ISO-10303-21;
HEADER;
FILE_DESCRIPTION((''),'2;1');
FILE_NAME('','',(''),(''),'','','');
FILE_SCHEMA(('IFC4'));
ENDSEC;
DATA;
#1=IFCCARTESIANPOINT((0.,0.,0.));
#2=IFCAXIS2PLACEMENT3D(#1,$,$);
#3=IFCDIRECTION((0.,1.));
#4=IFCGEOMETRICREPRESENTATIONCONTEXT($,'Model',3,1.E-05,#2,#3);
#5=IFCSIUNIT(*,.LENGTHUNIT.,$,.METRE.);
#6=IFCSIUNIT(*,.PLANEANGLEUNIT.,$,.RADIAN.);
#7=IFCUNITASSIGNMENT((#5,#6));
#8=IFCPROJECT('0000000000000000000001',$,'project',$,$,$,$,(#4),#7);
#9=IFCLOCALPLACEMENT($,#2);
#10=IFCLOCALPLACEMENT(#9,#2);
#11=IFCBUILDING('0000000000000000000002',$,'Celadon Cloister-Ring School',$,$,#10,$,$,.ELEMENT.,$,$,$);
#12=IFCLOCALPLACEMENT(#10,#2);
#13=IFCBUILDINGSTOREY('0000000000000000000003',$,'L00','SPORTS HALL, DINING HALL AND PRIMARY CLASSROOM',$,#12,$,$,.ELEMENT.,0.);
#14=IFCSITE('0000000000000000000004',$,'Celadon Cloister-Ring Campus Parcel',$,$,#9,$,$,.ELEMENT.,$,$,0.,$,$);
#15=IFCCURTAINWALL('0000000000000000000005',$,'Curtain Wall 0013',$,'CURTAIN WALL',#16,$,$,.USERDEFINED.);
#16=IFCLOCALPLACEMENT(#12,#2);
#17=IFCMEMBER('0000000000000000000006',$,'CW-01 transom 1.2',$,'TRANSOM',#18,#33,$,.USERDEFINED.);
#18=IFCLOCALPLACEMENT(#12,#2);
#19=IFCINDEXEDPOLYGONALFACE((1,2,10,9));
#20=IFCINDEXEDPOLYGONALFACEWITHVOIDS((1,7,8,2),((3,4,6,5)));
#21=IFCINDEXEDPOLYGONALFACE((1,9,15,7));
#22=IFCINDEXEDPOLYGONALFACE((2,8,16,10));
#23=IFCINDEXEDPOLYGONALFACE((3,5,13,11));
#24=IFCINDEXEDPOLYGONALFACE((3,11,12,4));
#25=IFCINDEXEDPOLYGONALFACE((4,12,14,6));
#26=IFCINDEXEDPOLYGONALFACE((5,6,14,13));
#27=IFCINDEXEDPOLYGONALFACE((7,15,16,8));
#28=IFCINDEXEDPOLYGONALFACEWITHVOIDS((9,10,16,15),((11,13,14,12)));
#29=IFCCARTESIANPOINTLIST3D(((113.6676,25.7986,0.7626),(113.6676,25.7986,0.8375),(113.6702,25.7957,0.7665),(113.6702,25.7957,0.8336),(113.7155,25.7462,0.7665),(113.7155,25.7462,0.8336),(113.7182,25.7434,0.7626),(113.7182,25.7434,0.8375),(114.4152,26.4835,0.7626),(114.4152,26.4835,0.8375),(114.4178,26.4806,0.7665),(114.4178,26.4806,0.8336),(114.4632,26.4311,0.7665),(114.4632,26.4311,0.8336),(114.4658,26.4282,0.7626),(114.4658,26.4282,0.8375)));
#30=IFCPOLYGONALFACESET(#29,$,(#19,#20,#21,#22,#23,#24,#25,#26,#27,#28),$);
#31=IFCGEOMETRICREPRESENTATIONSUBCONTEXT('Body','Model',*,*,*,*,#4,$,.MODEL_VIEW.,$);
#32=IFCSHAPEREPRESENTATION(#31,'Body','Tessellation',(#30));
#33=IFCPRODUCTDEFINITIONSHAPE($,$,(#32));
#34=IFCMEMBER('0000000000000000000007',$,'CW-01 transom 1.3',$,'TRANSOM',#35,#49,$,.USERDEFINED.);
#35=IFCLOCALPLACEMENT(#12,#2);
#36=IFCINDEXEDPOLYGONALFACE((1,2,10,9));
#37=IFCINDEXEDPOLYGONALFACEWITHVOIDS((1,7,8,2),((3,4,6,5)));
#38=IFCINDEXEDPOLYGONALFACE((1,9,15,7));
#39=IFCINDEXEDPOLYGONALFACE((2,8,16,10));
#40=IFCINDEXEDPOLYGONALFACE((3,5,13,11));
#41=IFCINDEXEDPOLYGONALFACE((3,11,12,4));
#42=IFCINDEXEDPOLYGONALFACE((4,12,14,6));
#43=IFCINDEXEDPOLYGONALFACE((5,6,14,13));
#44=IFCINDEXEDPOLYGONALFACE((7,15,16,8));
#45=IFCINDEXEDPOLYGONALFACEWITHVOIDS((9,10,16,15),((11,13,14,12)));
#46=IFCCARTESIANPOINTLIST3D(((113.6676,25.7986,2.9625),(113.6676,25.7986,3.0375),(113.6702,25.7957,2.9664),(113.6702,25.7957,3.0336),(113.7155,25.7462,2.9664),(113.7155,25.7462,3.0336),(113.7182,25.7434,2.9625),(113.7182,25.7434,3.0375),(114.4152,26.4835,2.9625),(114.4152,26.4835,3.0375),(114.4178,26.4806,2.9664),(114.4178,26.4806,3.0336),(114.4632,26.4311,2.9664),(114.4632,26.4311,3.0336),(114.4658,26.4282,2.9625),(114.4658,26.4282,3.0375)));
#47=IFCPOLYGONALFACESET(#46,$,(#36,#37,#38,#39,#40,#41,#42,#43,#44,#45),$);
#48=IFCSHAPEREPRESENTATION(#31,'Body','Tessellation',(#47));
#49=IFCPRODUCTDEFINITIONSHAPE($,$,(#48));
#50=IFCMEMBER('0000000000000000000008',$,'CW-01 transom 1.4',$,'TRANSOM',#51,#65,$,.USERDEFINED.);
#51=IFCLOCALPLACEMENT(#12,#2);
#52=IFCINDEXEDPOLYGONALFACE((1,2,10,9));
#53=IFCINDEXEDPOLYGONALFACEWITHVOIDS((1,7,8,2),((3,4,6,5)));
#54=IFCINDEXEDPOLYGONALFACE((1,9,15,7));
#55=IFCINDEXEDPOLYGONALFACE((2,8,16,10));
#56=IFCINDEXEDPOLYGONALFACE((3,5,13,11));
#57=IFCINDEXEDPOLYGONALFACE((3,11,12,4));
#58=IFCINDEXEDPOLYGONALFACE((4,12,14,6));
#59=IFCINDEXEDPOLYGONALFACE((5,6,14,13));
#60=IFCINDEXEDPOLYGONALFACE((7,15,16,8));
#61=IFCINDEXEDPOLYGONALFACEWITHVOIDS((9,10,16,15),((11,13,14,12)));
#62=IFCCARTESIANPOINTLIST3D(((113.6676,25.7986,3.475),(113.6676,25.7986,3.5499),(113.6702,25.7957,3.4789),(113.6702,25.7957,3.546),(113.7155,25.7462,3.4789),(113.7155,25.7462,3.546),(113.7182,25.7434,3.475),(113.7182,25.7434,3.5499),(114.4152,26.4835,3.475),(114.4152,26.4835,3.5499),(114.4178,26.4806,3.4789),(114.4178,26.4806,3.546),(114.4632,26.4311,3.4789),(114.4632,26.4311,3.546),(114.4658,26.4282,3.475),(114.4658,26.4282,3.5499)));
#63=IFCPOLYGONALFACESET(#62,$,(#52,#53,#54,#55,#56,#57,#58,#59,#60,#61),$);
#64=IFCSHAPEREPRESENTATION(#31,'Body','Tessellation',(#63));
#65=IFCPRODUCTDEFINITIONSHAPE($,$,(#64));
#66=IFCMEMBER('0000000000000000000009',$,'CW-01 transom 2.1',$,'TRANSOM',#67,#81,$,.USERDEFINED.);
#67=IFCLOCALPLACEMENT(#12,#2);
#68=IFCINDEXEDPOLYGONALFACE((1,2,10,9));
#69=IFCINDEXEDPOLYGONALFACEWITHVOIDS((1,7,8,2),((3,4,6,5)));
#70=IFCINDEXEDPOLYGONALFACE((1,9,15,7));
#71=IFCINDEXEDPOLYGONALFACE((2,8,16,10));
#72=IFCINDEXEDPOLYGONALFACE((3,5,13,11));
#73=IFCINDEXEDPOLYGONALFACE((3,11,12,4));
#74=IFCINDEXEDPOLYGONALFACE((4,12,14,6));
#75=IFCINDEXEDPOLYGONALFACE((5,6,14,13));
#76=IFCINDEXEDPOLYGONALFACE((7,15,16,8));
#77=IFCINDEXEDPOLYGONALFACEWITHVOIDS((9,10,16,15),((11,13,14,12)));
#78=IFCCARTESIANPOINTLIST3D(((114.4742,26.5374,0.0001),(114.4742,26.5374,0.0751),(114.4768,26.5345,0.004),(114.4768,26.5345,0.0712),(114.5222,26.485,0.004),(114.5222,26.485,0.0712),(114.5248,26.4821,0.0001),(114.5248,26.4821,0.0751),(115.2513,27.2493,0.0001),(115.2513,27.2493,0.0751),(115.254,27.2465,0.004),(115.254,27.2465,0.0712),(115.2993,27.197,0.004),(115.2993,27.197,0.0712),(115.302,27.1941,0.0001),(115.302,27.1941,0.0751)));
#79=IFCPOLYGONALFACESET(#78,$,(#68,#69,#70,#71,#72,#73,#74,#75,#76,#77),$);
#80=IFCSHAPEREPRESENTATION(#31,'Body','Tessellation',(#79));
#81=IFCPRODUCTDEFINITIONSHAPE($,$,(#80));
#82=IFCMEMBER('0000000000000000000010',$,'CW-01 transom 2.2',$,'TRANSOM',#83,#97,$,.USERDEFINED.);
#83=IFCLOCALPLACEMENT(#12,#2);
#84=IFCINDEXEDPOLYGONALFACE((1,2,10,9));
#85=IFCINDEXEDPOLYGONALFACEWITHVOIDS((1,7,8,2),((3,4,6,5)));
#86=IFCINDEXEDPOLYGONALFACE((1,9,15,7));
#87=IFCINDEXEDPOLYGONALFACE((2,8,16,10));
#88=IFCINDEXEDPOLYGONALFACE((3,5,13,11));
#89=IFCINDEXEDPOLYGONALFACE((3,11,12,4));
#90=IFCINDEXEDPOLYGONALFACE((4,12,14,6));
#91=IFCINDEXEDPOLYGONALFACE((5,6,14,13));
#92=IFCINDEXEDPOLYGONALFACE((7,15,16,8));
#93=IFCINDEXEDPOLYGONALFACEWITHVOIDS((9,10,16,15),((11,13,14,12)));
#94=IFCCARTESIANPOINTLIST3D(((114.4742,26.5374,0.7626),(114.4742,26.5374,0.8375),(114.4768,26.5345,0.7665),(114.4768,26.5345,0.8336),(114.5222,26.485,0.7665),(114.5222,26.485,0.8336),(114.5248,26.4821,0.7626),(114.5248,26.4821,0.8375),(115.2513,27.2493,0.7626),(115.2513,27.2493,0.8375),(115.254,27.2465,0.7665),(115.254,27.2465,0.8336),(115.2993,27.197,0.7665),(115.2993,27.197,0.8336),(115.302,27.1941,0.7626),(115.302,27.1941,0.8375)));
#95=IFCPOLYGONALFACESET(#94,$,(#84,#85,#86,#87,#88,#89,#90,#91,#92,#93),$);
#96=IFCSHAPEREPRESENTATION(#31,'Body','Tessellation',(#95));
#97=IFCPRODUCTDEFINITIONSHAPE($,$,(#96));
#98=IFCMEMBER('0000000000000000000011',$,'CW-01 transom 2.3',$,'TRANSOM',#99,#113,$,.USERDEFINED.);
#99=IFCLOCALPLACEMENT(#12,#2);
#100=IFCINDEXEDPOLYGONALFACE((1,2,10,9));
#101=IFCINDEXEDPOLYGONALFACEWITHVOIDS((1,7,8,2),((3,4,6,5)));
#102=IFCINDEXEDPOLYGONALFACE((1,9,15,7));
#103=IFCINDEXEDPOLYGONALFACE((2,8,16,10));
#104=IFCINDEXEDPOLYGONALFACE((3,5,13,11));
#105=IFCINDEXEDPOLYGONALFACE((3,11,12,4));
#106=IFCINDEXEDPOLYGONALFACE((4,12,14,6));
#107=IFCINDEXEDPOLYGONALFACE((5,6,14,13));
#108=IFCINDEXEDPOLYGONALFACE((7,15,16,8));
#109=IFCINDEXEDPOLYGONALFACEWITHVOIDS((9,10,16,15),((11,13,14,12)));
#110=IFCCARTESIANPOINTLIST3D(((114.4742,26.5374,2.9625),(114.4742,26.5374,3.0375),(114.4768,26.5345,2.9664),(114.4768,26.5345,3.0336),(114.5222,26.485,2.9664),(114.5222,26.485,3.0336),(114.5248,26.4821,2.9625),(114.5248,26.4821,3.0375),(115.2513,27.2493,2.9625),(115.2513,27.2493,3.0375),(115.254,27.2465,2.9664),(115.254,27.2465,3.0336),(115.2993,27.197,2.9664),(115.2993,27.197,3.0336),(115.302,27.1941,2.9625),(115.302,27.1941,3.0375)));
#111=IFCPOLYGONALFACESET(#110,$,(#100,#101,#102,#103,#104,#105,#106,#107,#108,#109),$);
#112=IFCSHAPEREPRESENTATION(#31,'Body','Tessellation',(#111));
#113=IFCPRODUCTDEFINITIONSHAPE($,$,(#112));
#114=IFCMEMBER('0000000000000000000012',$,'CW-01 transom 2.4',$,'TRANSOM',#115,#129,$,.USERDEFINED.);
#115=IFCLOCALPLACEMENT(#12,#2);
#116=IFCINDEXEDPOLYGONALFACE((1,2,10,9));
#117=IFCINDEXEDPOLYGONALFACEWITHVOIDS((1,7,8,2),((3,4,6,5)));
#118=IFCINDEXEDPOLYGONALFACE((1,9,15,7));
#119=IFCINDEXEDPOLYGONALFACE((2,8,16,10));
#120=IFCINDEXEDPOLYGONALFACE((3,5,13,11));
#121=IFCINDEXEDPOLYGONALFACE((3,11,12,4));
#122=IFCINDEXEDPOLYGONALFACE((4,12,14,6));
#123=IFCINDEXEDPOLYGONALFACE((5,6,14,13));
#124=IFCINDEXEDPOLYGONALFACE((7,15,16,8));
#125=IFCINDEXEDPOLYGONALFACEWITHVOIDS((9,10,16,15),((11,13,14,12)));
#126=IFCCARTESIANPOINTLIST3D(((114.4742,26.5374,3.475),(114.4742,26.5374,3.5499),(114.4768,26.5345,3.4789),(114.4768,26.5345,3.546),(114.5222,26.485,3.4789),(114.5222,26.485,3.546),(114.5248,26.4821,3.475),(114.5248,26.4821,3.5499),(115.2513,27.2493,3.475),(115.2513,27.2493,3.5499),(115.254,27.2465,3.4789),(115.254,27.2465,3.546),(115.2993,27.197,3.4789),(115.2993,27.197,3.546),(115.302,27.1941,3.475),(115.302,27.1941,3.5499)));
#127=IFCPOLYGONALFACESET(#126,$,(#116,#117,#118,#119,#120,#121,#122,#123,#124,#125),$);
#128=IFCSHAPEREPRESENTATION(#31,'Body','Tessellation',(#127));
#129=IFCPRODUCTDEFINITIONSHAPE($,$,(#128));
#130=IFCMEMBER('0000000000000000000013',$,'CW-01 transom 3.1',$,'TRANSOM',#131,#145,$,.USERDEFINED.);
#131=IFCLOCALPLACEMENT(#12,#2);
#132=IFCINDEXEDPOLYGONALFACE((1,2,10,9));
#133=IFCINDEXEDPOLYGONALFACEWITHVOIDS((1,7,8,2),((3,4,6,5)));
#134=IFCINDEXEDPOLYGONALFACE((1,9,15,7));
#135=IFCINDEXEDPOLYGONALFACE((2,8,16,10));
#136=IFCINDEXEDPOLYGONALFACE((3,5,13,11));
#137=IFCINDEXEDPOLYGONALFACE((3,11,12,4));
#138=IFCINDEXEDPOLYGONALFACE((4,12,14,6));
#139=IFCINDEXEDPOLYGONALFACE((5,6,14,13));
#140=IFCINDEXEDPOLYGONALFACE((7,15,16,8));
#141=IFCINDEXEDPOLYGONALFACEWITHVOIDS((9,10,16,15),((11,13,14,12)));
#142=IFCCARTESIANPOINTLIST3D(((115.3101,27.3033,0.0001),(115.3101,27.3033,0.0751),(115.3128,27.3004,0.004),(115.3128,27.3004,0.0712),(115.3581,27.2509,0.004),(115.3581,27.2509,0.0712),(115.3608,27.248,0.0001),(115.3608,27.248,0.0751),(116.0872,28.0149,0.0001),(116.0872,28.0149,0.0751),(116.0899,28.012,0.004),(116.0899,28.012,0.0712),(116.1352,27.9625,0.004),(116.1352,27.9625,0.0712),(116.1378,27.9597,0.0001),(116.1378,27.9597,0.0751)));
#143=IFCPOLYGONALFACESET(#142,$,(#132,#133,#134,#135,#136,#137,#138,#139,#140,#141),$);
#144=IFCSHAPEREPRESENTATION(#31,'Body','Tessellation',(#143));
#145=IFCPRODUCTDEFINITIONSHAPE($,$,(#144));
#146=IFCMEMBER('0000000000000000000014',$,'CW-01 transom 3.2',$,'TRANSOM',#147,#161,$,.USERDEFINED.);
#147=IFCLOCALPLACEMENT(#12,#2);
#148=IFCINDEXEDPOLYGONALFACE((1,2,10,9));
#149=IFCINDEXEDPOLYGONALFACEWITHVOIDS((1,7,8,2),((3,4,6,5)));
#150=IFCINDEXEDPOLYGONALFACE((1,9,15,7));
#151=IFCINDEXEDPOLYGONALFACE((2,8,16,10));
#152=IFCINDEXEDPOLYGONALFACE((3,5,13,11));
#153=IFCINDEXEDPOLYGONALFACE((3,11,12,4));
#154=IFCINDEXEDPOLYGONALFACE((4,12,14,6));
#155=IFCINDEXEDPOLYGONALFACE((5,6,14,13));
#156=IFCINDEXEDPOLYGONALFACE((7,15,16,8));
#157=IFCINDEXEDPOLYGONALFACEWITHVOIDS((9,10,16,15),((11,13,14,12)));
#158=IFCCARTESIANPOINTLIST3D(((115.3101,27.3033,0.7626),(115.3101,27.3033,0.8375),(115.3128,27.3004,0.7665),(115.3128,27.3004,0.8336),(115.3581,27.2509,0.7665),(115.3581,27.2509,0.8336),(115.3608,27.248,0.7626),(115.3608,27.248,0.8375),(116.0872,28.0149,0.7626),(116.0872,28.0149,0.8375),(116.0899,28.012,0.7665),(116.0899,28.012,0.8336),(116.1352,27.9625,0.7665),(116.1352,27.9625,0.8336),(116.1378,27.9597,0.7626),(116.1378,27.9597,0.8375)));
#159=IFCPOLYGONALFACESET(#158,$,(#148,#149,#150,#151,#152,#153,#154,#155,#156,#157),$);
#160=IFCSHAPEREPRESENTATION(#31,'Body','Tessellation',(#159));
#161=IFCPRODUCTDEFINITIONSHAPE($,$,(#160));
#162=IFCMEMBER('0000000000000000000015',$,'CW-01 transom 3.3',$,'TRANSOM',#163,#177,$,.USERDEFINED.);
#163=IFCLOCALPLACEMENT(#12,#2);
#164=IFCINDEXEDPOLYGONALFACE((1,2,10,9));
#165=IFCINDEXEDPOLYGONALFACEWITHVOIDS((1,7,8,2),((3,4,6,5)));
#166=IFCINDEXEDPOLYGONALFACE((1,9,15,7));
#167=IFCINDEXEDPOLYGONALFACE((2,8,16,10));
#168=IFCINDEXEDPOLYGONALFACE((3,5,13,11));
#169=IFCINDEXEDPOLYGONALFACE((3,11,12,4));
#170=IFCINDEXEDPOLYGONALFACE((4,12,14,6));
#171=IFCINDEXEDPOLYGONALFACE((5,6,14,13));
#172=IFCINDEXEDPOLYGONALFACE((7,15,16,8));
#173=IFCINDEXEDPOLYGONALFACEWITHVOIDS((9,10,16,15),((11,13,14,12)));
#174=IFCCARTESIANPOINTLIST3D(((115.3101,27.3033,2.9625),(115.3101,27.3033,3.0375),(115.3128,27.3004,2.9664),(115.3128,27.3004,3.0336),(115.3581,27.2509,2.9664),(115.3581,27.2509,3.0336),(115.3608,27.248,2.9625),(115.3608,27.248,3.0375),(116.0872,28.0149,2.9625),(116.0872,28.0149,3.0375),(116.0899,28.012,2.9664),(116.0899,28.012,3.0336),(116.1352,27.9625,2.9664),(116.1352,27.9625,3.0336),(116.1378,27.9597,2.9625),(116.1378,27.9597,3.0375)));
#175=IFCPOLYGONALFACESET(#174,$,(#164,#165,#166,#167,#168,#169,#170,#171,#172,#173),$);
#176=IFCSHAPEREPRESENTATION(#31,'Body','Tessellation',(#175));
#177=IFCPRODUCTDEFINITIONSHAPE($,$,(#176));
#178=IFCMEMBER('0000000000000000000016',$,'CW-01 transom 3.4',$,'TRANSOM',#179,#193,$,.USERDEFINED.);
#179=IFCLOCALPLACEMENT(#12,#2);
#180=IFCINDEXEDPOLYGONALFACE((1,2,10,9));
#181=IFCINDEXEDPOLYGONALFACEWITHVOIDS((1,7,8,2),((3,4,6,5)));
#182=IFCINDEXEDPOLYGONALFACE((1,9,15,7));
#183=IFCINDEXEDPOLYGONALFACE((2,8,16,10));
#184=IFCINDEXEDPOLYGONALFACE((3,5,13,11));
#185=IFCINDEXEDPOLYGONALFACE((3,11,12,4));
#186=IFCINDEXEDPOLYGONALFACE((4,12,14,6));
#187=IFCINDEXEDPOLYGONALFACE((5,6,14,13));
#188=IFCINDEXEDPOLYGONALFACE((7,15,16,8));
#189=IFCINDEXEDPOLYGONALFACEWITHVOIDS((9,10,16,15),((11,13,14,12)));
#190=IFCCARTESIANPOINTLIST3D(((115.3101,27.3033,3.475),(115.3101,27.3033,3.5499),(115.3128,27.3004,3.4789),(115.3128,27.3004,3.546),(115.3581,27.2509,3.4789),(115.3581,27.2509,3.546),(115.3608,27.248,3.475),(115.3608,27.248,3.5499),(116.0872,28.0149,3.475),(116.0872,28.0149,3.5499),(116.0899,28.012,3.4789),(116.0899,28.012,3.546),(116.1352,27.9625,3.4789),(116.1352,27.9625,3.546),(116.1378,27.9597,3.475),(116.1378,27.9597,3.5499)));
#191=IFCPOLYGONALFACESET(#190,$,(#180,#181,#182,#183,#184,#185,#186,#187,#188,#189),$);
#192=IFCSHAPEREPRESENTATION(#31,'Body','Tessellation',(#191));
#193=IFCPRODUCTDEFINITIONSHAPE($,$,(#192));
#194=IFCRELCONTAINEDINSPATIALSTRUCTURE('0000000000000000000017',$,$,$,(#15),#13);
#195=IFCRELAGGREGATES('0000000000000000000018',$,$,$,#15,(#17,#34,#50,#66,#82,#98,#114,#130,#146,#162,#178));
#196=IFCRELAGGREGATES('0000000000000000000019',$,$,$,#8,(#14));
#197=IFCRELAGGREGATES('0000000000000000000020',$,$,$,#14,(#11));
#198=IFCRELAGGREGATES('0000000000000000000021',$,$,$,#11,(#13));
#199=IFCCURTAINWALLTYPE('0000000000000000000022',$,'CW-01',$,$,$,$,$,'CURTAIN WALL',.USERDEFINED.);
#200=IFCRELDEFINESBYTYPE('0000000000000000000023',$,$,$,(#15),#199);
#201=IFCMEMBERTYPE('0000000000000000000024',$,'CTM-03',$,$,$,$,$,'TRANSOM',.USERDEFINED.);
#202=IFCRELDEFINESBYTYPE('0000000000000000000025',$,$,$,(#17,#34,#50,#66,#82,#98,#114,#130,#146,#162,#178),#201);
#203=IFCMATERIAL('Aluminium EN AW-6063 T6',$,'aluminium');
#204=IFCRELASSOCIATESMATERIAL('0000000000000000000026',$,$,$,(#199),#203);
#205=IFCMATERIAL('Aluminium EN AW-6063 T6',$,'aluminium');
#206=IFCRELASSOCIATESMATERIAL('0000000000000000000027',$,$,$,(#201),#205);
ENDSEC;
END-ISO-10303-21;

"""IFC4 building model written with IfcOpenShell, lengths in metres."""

from ifc_helpers import new_model, si_unit, direction, frame, origin, origin_2d, place, context, subcontext, project, spatial, hollow_rectangle, extrude, material, material_profile, profile_set, type_object, element, aggregate, save


model = new_model("IFC4")

# Units and contexts
model_context = context("Model", 3, precision=1e-05, world=origin(), true_north=direction((0.0, 1.0)))
body_context = subcontext(model_context, "Body", "Model", "MODEL_VIEW")
ifc_project = project(units=[si_unit("LENGTHUNIT", "METRE"), si_unit("PLANEANGLEUNIT", "RADIAN")], contexts=[model_context])

# Site, building, storey
site_placement = place(None, origin())
site = spatial("IfcSite", under=ifc_project, at=site_placement, Name="Celadon Cloister-Ring Campus Parcel", CompositionType="ELEMENT", RefElevation=0.0)
building_placement = place(site_placement, origin())
building = spatial("IfcBuilding", under=site, at=building_placement, Name="Celadon Cloister-Ring School", CompositionType="ELEMENT")
storey_placement = place(building_placement, origin())
storey = spatial("IfcBuildingStorey", under=building, at=storey_placement, Name="L00", Description="SPORTS HALL, DINING HALL AND PRIMARY CLASSROOM", CompositionType="ELEMENT", Elevation=0.0)

# Curtain wall, members
ifc_material_1 = material(Name="Aluminium EN AW-6063 T6", Category="aluminium")
curtain_wall_type = type_object("IfcCurtainWallType", Name="CW-01", ElementType="CURTAIN WALL", PredefinedType="USERDEFINED", material=ifc_material_1)
curtain_wall_placement = place(storey_placement, origin())
curtain_wall = element("IfcCurtainWall", 1, at=curtain_wall_placement, inside=storey, type_object=curtain_wall_type, Name="Curtain Wall 0013", ObjectType="CURTAIN WALL", PredefinedType="USERDEFINED")
ifc_material_2 = material(Name="Aluminium EN AW-6063 T6", Category="aluminium")
ifc_material_profile_1 = material_profile(ifc_material_2, hollow_rectangle(XDim=0.075, YDim=0.075, WallThickness=0.0039, at=origin_2d()), Name="RHS75X75X4")
ifc_profile_set_1 = profile_set([ifc_material_profile_1], Name="Aluminium EN AW-6063 T6")
member_type_1 = type_object("IfcMemberType", Name="CTM-03", ElementType="TRANSOM", PredefinedType="USERDEFINED", material=ifc_profile_set_1)
member_1_placement = place(storey_placement, frame((113.6929, 25.771, 0.8), z_axis=(0.737374, 0.675485, 0.0), x_axis=(-0.675485, 0.737374, 0.0)))
member_1 = element("IfcMember", 2, at=member_1_placement, type_object=member_type_1, Name="CW-01 transom 1.2", ObjectType="TRANSOM", PredefinedType="USERDEFINED", context=body_context, shape_type="SweptSolid", body=[
    extrude(hollow_rectangle(XDim=0.075, YDim=0.075, WallThickness=0.0039, at=origin_2d()), origin(), (0.0, 0.0, 1.0), 1.0139),
])
member_2_placement = place(storey_placement, frame((113.6929, 25.771, 3.0), z_axis=(0.737374, 0.675485, 0.0), x_axis=(-0.675485, 0.737374, 0.0)))
member_2 = element("IfcMember", 3, at=member_2_placement, type_object=member_type_1, Name="CW-01 transom 1.3", ObjectType="TRANSOM", PredefinedType="USERDEFINED", context=body_context, shape_type="SweptSolid", body=[
    extrude(hollow_rectangle(XDim=0.075, YDim=0.075, WallThickness=0.0039, at=origin_2d()), origin(), (0.0, 0.0, 1.0), 1.0139),
])
member_3_placement = place(storey_placement, frame((113.6929, 25.771, 3.5125), z_axis=(0.737374, 0.675485, 0.0), x_axis=(-0.675485, 0.737374, 0.0)))
member_3 = element("IfcMember", 4, at=member_3_placement, type_object=member_type_1, Name="CW-01 transom 1.4", ObjectType="TRANSOM", PredefinedType="USERDEFINED", context=body_context, shape_type="SweptSolid", body=[
    extrude(hollow_rectangle(XDim=0.075, YDim=0.075, WallThickness=0.0039, at=origin_2d()), origin(), (0.0, 0.0, 1.0), 1.0139),
])
member_4_placement = place(storey_placement, frame((114.4995, 26.5098, 0.0376), z_axis=(0.737356, 0.675504, 0.0), x_axis=(-0.675504, 0.737356, 0.0)))
member_4 = element("IfcMember", 5, at=member_4_placement, type_object=member_type_1, Name="CW-01 transom 2.1", ObjectType="TRANSOM", PredefinedType="USERDEFINED", context=body_context, shape_type="SweptSolid", body=[
    extrude(hollow_rectangle(XDim=0.075, YDim=0.075, WallThickness=0.0039, at=origin_2d()), origin(), (0.0, 0.0, 1.0), 1.054),
])
member_5_placement = place(storey_placement, frame((114.4995, 26.5098, 0.8), z_axis=(0.737356, 0.675504, 0.0), x_axis=(-0.675504, 0.737356, 0.0)))
member_5 = element("IfcMember", 6, at=member_5_placement, type_object=member_type_1, Name="CW-01 transom 2.2", ObjectType="TRANSOM", PredefinedType="USERDEFINED", context=body_context, shape_type="SweptSolid", body=[
    extrude(hollow_rectangle(XDim=0.075, YDim=0.075, WallThickness=0.0039, at=origin_2d()), origin(), (0.0, 0.0, 1.0), 1.054),
])
member_6_placement = place(storey_placement, frame((114.4995, 26.5098, 3.0), z_axis=(0.737356, 0.675504, 0.0), x_axis=(-0.675504, 0.737356, 0.0)))
member_6 = element("IfcMember", 7, at=member_6_placement, type_object=member_type_1, Name="CW-01 transom 2.3", ObjectType="TRANSOM", PredefinedType="USERDEFINED", context=body_context, shape_type="SweptSolid", body=[
    extrude(hollow_rectangle(XDim=0.075, YDim=0.075, WallThickness=0.0039, at=origin_2d()), origin(), (0.0, 0.0, 1.0), 1.054),
])
member_7_placement = place(storey_placement, frame((114.4995, 26.5098, 3.5125), z_axis=(0.737356, 0.675504, 0.0), x_axis=(-0.675504, 0.737356, 0.0)))
member_7 = element("IfcMember", 8, at=member_7_placement, type_object=member_type_1, Name="CW-01 transom 2.4", ObjectType="TRANSOM", PredefinedType="USERDEFINED", context=body_context, shape_type="SweptSolid", body=[
    extrude(hollow_rectangle(XDim=0.075, YDim=0.075, WallThickness=0.0039, at=origin_2d()), origin(), (0.0, 0.0, 1.0), 1.054),
])
member_8_placement = place(storey_placement, frame((115.3354, 27.2756, 0.0376), z_axis=(0.737471, 0.675378, 0.0), x_axis=(-0.675378, 0.737471, 0.0)))
member_8 = element("IfcMember", 9, at=member_8_placement, type_object=member_type_1, Name="CW-01 transom 3.1", ObjectType="TRANSOM", PredefinedType="USERDEFINED", context=body_context, shape_type="SweptSolid", body=[
    extrude(hollow_rectangle(XDim=0.075, YDim=0.075, WallThickness=0.0039, at=origin_2d()), origin(), (0.0, 0.0, 1.0), 1.0537),
])
member_9_placement = place(storey_placement, frame((115.3354, 27.2756, 0.8), z_axis=(0.737471, 0.675378, 0.0), x_axis=(-0.675378, 0.737471, 0.0)))
member_9 = element("IfcMember", 10, at=member_9_placement, type_object=member_type_1, Name="CW-01 transom 3.2", ObjectType="TRANSOM", PredefinedType="USERDEFINED", context=body_context, shape_type="SweptSolid", body=[
    extrude(hollow_rectangle(XDim=0.075, YDim=0.075, WallThickness=0.0039, at=origin_2d()), origin(), (0.0, 0.0, 1.0), 1.0537),
])
member_10_placement = place(storey_placement, frame((115.3354, 27.2756, 3.0), z_axis=(0.737471, 0.675378, 0.0), x_axis=(-0.675378, 0.737471, 0.0)))
member_10 = element("IfcMember", 11, at=member_10_placement, type_object=member_type_1, Name="CW-01 transom 3.3", ObjectType="TRANSOM", PredefinedType="USERDEFINED", context=body_context, shape_type="SweptSolid", body=[
    extrude(hollow_rectangle(XDim=0.075, YDim=0.075, WallThickness=0.0039, at=origin_2d()), origin(), (0.0, 0.0, 1.0), 1.0537),
])
member_11_placement = place(storey_placement, frame((115.3354, 27.2756, 3.5125), z_axis=(0.737471, 0.675378, 0.0), x_axis=(-0.675378, 0.737471, 0.0)))
member_11 = element("IfcMember", 12, at=member_11_placement, type_object=member_type_1, Name="CW-01 transom 3.4", ObjectType="TRANSOM", PredefinedType="USERDEFINED", context=body_context, shape_type="SweptSolid", body=[
    extrude(hollow_rectangle(XDim=0.075, YDim=0.075, WallThickness=0.0039, at=origin_2d()), origin(), (0.0, 0.0, 1.0), 1.0537),
])

aggregate(curtain_wall, [member_1, member_2, member_3, member_4, member_5, member_6, member_7, member_8, member_9, member_10, member_11])

save(model, "model.ifc")
